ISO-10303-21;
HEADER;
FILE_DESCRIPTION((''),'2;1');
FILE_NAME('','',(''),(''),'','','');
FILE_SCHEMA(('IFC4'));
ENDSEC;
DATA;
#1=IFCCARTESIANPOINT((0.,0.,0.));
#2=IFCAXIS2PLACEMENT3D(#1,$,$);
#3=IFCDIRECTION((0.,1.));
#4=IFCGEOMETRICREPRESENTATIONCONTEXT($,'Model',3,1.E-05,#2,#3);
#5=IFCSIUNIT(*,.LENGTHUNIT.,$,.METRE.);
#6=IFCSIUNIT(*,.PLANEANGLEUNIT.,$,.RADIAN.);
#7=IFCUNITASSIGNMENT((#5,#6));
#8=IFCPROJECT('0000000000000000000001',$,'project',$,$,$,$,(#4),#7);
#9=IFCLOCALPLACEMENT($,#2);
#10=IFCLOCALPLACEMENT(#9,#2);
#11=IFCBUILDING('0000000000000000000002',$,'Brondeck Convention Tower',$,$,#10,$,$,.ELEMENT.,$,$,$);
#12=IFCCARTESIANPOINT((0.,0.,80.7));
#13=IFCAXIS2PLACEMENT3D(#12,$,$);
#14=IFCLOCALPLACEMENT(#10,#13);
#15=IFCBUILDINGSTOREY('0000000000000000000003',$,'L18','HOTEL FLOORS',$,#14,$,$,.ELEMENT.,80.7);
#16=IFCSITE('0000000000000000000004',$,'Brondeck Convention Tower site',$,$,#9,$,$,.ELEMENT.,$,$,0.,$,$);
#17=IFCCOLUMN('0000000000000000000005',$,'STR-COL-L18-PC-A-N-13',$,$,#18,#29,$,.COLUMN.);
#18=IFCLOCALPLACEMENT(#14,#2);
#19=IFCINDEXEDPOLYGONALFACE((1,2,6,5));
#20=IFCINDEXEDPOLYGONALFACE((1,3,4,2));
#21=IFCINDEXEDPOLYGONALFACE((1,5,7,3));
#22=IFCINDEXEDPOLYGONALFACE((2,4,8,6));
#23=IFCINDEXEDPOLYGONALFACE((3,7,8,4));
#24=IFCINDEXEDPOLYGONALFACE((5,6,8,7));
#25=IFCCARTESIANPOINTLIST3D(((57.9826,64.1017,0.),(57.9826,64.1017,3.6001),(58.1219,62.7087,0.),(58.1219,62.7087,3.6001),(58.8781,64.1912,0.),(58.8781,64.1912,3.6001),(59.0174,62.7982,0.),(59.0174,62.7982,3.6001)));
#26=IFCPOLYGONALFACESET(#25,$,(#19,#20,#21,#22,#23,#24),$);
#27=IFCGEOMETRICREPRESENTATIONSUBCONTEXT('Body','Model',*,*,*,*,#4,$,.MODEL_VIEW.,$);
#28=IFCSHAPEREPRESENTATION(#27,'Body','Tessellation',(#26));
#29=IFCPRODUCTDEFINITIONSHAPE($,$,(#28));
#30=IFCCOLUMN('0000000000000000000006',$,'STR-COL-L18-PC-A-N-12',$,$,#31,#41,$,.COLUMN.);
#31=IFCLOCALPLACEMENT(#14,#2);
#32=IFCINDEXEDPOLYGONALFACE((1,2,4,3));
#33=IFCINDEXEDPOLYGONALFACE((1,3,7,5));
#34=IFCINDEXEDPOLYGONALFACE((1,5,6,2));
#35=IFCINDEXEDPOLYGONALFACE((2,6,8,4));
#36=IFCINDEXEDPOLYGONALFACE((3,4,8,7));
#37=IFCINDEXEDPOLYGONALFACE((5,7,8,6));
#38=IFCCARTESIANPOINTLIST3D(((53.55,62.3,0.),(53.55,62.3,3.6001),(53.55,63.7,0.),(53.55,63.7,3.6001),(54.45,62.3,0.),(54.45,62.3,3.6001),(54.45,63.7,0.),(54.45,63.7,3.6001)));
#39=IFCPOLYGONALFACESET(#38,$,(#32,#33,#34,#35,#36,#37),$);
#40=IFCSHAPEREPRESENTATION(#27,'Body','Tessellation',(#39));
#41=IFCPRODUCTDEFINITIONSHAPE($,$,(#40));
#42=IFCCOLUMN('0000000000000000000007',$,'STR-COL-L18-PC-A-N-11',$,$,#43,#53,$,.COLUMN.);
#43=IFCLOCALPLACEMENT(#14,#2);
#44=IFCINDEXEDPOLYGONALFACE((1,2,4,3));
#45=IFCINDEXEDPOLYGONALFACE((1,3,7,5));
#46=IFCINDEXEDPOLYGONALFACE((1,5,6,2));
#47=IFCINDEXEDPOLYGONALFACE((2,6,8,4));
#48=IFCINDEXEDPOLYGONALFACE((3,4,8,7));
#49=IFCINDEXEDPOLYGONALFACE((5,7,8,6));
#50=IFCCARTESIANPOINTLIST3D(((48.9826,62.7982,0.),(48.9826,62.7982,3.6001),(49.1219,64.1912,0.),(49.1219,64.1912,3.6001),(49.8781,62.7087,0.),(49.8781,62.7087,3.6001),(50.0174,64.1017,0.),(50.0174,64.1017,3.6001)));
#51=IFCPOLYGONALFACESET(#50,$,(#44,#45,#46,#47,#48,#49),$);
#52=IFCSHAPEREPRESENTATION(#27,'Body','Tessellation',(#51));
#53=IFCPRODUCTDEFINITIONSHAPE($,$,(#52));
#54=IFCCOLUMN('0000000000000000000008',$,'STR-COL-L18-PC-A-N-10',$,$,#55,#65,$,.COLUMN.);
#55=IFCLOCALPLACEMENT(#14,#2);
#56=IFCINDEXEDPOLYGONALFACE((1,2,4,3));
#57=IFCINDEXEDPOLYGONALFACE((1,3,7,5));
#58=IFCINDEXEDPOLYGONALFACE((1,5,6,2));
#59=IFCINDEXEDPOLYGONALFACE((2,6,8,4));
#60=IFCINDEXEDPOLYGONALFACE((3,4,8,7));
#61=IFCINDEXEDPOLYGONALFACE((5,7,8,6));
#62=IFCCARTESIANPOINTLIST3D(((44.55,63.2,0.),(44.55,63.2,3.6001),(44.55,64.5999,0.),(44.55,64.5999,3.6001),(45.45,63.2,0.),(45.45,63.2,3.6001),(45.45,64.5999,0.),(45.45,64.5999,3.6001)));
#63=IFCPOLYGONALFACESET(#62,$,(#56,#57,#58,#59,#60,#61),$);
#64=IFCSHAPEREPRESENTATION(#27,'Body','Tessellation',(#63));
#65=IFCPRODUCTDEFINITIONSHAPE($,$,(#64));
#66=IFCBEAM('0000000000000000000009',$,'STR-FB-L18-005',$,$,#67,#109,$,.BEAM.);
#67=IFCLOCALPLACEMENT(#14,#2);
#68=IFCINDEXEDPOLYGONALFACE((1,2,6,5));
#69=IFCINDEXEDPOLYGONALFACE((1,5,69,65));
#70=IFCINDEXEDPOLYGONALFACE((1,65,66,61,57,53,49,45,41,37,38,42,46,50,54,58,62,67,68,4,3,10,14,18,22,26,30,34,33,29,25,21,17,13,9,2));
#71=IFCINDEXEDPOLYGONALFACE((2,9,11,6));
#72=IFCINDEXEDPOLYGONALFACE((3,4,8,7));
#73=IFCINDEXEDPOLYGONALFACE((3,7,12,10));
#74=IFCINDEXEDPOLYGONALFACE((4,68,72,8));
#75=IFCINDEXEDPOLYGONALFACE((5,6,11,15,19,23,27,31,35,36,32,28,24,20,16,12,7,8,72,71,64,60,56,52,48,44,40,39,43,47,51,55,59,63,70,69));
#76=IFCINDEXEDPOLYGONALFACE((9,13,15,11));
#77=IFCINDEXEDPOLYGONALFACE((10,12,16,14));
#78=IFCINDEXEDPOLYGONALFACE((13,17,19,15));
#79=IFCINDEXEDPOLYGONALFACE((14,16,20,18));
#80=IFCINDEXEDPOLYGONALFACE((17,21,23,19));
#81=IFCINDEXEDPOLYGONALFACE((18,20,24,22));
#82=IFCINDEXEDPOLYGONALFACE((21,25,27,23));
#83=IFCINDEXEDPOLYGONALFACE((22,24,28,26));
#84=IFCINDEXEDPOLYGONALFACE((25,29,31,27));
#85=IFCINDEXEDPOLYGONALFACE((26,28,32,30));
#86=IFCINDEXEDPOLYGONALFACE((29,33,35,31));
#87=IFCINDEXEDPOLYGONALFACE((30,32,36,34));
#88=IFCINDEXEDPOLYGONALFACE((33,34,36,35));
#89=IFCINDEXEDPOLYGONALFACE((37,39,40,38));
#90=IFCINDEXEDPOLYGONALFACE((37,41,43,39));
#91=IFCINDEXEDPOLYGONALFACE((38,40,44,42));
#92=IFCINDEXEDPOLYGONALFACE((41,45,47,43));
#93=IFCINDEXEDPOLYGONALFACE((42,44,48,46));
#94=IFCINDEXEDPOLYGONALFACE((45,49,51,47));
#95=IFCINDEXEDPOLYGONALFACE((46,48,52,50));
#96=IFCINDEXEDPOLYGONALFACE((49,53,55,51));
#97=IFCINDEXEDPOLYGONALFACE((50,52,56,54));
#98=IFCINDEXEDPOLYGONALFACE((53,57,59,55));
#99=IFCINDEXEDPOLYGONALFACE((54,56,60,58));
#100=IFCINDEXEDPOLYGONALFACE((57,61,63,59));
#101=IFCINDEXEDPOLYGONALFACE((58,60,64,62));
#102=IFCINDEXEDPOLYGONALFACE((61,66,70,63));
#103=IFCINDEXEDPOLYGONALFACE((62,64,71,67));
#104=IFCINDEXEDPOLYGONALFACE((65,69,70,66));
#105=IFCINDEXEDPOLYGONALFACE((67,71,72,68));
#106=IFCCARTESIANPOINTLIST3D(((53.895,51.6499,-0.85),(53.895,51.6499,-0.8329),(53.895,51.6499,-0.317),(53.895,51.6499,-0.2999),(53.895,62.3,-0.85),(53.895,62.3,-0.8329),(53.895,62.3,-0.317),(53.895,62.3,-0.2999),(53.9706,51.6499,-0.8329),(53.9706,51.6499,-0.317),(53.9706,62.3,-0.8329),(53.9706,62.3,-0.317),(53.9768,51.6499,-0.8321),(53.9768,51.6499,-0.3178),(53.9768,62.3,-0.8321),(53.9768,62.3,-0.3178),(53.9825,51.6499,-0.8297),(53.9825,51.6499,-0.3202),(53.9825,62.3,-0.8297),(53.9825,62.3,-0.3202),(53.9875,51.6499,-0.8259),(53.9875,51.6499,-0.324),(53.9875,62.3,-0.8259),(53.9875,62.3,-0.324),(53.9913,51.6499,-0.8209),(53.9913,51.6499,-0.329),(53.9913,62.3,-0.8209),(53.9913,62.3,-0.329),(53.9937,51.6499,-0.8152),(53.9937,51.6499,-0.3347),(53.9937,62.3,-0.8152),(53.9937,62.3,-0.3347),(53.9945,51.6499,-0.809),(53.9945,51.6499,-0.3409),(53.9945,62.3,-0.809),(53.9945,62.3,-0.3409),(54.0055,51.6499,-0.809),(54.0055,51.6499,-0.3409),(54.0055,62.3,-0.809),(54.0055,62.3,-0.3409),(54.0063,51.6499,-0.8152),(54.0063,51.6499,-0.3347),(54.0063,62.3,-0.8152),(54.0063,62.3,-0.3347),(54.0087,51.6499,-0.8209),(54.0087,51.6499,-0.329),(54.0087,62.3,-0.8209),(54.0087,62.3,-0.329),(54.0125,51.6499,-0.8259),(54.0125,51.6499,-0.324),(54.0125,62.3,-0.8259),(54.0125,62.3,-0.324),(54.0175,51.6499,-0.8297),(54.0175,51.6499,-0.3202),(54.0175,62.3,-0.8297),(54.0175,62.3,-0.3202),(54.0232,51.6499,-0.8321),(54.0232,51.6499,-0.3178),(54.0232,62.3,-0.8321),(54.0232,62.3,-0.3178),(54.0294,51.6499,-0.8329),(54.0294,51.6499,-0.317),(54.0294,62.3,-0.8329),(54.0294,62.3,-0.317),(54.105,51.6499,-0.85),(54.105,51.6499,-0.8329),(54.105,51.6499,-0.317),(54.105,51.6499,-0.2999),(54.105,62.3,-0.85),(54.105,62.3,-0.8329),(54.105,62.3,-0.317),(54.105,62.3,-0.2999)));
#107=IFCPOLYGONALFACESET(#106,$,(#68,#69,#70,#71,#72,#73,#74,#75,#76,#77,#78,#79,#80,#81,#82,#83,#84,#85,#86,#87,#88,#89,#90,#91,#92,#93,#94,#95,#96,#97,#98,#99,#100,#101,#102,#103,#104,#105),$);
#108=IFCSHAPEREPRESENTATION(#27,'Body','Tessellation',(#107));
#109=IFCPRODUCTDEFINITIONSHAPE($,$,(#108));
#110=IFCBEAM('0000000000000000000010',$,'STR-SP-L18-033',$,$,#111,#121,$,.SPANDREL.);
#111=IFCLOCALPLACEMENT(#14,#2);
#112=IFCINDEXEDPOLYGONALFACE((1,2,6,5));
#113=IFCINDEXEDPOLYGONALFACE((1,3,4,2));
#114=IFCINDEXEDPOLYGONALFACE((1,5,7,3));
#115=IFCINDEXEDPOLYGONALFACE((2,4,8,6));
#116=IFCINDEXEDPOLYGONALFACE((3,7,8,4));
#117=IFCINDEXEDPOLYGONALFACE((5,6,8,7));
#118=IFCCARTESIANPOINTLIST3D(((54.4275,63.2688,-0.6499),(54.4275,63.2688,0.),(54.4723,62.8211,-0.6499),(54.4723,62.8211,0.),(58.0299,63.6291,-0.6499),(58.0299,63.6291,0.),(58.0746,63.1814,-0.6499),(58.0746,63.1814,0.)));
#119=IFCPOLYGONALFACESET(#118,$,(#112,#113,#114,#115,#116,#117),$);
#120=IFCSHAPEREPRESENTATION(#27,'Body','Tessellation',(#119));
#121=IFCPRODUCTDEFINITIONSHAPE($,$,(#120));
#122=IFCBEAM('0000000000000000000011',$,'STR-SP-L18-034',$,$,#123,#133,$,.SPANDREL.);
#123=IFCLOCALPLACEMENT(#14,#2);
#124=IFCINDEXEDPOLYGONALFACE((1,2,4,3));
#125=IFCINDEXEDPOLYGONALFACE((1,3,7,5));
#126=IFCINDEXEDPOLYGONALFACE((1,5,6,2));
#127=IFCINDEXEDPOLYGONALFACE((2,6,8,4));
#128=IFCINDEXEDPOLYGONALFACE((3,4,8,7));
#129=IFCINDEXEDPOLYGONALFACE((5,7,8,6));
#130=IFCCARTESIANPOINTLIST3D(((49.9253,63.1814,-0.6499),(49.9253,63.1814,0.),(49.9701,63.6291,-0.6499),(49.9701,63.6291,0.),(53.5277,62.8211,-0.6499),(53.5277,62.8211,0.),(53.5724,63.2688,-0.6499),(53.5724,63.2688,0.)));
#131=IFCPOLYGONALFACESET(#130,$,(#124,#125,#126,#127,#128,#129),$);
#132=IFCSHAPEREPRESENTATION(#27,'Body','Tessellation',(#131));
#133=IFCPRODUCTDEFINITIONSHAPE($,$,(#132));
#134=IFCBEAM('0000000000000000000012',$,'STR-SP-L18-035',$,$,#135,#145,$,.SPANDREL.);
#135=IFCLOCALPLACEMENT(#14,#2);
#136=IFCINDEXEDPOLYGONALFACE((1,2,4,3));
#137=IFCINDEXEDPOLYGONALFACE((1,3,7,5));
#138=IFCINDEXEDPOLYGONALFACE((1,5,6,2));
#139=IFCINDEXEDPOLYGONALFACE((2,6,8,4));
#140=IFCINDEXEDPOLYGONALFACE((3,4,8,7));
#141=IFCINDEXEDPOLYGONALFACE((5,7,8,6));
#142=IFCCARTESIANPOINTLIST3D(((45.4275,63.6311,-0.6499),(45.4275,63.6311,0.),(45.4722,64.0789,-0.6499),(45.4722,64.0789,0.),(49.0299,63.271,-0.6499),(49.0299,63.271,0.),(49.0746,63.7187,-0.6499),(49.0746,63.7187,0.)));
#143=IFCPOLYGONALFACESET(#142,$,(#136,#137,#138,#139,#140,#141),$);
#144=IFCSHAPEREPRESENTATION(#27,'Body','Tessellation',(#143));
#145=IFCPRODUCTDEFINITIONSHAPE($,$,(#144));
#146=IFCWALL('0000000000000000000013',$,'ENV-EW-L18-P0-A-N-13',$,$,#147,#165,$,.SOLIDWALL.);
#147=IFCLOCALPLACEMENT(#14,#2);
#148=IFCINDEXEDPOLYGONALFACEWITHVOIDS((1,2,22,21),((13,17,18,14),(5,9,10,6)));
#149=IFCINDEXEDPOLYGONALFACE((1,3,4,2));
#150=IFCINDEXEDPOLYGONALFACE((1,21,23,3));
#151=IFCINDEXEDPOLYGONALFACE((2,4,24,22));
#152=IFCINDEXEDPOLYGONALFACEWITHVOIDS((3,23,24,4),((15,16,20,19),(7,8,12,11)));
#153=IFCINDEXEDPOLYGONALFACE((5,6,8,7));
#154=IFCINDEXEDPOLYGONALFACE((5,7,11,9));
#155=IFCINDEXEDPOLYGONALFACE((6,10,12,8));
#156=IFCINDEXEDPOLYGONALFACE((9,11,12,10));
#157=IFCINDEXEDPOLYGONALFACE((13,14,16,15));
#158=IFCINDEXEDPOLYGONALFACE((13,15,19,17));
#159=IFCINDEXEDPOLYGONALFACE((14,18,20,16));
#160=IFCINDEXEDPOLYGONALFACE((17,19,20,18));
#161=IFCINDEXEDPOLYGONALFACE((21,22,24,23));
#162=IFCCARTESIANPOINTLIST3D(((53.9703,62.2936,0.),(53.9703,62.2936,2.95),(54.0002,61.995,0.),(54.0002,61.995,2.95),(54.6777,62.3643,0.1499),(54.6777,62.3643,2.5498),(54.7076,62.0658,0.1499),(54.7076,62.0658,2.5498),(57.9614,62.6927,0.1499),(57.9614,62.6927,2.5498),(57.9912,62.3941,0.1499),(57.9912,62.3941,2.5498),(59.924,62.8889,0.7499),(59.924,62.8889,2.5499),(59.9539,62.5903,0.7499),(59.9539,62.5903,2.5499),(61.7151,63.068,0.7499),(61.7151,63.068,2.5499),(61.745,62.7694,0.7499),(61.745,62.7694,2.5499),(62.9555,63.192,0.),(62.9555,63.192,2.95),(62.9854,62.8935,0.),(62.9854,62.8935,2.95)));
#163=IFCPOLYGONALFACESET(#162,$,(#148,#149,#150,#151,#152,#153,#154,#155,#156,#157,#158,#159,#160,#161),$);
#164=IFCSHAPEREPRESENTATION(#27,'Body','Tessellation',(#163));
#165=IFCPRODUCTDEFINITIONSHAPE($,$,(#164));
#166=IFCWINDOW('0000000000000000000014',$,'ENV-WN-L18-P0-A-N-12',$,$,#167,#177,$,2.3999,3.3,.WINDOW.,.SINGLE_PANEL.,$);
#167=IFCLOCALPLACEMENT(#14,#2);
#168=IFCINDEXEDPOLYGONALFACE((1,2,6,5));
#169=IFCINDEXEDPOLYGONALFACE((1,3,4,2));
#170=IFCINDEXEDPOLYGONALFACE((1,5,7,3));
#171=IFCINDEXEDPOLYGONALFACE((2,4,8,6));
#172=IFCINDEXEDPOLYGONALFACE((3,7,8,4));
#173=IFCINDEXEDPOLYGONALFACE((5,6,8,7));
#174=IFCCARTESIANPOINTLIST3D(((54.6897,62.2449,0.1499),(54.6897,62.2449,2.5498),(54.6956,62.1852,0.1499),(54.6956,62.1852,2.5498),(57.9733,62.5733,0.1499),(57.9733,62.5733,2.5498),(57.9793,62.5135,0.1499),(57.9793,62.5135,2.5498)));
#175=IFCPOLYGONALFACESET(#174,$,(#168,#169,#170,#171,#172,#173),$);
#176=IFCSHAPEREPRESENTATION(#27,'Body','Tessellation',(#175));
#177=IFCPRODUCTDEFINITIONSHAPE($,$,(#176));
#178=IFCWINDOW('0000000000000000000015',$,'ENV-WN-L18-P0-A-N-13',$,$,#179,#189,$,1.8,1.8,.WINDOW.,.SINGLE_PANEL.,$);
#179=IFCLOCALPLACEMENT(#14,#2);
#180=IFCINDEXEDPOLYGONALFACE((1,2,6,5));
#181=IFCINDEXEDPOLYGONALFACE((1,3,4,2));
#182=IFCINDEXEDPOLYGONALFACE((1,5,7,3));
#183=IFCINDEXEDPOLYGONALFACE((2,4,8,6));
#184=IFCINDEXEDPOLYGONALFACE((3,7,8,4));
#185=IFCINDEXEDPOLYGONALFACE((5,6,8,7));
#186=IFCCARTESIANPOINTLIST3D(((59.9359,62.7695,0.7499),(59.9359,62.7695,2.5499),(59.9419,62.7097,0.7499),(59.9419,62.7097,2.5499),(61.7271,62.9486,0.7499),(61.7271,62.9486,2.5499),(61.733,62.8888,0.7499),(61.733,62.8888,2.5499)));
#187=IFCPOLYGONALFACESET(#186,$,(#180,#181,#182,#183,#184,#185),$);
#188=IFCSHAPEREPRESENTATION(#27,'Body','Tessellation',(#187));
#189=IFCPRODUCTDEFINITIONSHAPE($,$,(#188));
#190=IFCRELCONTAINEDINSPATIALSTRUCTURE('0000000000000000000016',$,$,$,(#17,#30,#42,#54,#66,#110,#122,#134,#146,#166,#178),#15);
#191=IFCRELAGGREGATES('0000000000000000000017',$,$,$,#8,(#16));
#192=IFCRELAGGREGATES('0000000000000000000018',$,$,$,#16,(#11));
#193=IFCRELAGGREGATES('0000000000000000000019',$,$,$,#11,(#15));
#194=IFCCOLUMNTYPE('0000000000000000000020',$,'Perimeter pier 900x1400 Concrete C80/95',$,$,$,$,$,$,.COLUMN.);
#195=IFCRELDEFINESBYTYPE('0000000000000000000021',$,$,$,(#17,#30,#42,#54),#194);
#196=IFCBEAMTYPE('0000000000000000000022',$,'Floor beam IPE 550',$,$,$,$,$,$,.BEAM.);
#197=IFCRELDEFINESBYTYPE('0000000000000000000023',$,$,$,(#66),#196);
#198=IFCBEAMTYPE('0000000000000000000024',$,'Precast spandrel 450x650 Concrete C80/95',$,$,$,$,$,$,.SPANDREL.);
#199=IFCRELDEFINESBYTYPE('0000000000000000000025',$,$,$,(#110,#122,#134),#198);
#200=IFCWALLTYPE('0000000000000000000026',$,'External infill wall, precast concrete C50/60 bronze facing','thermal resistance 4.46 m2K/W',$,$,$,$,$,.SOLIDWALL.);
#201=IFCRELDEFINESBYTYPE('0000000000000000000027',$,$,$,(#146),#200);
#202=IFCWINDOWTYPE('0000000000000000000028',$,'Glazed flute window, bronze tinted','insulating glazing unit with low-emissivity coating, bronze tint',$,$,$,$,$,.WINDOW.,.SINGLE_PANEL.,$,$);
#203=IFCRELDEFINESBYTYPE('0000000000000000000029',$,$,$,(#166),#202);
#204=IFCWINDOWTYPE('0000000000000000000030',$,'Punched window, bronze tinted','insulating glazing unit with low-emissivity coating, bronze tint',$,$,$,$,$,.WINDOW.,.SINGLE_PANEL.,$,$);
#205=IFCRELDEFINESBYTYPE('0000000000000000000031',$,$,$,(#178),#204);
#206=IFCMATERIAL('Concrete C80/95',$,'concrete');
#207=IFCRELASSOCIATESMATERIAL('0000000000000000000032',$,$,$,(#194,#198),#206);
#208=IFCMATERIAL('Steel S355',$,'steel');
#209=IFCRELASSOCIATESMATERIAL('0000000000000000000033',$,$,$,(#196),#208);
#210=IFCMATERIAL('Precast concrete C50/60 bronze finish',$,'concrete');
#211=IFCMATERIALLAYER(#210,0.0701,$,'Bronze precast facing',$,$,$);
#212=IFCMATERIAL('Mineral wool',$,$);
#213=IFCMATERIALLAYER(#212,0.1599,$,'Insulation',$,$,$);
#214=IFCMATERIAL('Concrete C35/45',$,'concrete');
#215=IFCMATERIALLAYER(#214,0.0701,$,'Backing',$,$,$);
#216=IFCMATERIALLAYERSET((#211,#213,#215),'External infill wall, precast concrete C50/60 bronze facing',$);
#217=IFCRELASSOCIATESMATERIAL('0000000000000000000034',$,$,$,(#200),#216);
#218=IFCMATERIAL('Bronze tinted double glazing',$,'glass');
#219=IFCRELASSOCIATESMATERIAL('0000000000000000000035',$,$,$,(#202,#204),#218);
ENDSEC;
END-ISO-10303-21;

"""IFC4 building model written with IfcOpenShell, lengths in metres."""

from ifc_helpers import new_model, si_unit, direction, frame, frame_2d, origin, origin_2d, place, context, subcontext, project, spatial, rectangle, i_section, extrude, material, layer, layer_set, material_profile, profile_set, type_object, element, fill, save


model = new_model("IFC4")

# Units and contexts
model_context = context("Model", 3, precision=1e-05, world=origin(), true_north=direction((0.0, 1.0)))
body_context = subcontext(model_context, "Body", "Model", "MODEL_VIEW")
ifc_project = project(units=[si_unit("LENGTHUNIT", "METRE"), si_unit("PLANEANGLEUNIT", "RADIAN")], contexts=[model_context])

# Site, building, storey
site_placement = place(None, origin())
site = spatial("IfcSite", under=ifc_project, at=site_placement, Name="Brondeck Convention Tower site", CompositionType="ELEMENT", RefElevation=0.0)
building_placement = place(site_placement, origin())
building = spatial("IfcBuilding", under=site, at=building_placement, Name="Brondeck Convention Tower", CompositionType="ELEMENT")
storey_placement = place(building_placement, frame((0.0, 0.0, 80.7)))
storey = spatial("IfcBuildingStorey", under=building, at=storey_placement, Name="L18", Description="HOTEL FLOORS", CompositionType="ELEMENT", Elevation=80.7)

# Columns
ifc_material_1 = material(Name="Concrete C80/95", Category="concrete")
ifc_material_profile_1 = material_profile(ifc_material_1, rectangle(XDim=0.8999, YDim=1.3999, at=origin_2d()), Name="Perimeter pier 900x1400 Concrete C80/95")
ifc_profile_set_1 = profile_set([ifc_material_profile_1], Name="Concrete C80/95")
column_type = type_object("IfcColumnType", Name="Perimeter pier 900x1400 Concrete C80/95", PredefinedType="COLUMN", material=ifc_profile_set_1)
for number, where, z_axis, x_axis, name in (
    (1, (58.5, 63.45, 0.0), (0.0, 0.0, 1.0), (-0.995037, -0.099504, 0.0), "STR-COL-L18-PC-A-N-13"),
    (2, (54.0, 63.0, 0.0), (0.0, 0.0, 1.0), (-1.0, 0.0, 0.0), "STR-COL-L18-PC-A-N-12"),
    (3, (49.5, 63.45, 0.0), (0.0, 0.0, 1.0), (-0.995037, 0.099504, 0.0), "STR-COL-L18-PC-A-N-11"),
    (4, (45.0, 63.8999, 0.0), (0.0, 0.0, 1.0), (-1.0, 0.0, 0.0), "STR-COL-L18-PC-A-N-10"),
):
    element("IfcColumn", number, at=place(storey_placement, frame(where, z_axis=z_axis, x_axis=x_axis)), inside=storey, type_object=column_type, Name=name, PredefinedType="COLUMN", context=body_context, shape_type="SweptSolid", body=[
        extrude(rectangle(XDim=0.8999, YDim=1.3999, at=origin_2d()), origin(), (0.0, 0.0, 1.0), 3.6001),
    ])

# Beams
ifc_material_2 = material(Name="Steel S355", Category="steel")
ifc_material_profile_2 = material_profile(ifc_material_2, i_section(OverallWidth=0.21, OverallDepth=0.55, WebThickness=0.011, FlangeThickness=0.0171, FilletRadius=0.0239, at=origin_2d()), Name="IPE 550")
ifc_profile_set_2 = profile_set([ifc_material_profile_2], Name="Steel S355")
beam_type_1 = type_object("IfcBeamType", Name="Floor beam IPE 550", PredefinedType="BEAM", material=ifc_profile_set_2)
beam_placement = place(storey_placement, frame((54.0, 51.6499, -0.575), z_axis=(0.0, 1.0, 0.0), x_axis=(-1.0, 0.0, 0.0)))
element("IfcBeam", 5, at=beam_placement, inside=storey, type_object=beam_type_1, Name="STR-FB-L18-005", PredefinedType="BEAM", context=body_context, shape_type="SweptSolid", body=[
    extrude(i_section(OverallWidth=0.21, OverallDepth=0.55, WebThickness=0.011, FlangeThickness=0.0171, FilletRadius=0.0239, at=origin_2d()), origin(), (0.0, 0.0, 1.0), 10.6501),
])
ifc_material_profile_3 = material_profile(ifc_material_1, rectangle(XDim=0.45, YDim=0.6499, at=origin_2d()), Name="Precast spandrel 450x650 Concrete C80/95")
ifc_profile_set_3 = profile_set([ifc_material_profile_3], Name="Concrete C80/95")
beam_type_2 = type_object("IfcBeamType", Name="Precast spandrel 450x650 Concrete C80/95", PredefinedType="SPANDREL", material=ifc_profile_set_3)
for number, where, z_axis, x_axis, name in (
    (6, (58.0522, 63.4053, -0.325), (-0.995034, -0.099537, 0.0), (0.099537, -0.995034, 0.0), "STR-SP-L18-033"),
    (7, (53.55, 63.0449, -0.325), (-0.995034, 0.099537, 0.0), (-0.099537, -0.995034, 0.0), "STR-SP-L18-034"),
    (8, (49.0522, 63.4949, -0.325), (-0.995041, 0.09947, 0.0), (-0.09947, -0.995041, 0.0), "STR-SP-L18-035"),
):
    element("IfcBeam", number, at=place(storey_placement, frame(where, z_axis=z_axis, x_axis=x_axis)), inside=storey, type_object=beam_type_2, Name=name, PredefinedType="SPANDREL", context=body_context, shape_type="SweptSolid", body=[
        extrude(rectangle(XDim=0.45, YDim=0.6499, at=origin_2d()), origin(), (0.0, 0.0, 1.0), 3.6204),
    ])

# Wall, openings, windows
ifc_material_3 = material(Name="Precast concrete C50/60 bronze finish", Category="concrete")
ifc_layer_1 = layer(ifc_material_3, 0.0701, Name="Bronze precast facing")
ifc_material_4 = material(Name="Mineral wool")
ifc_layer_2 = layer(ifc_material_4, 0.1599, Name="Insulation")
ifc_material_5 = material(Name="Concrete C35/45", Category="concrete")
ifc_layer_3 = layer(ifc_material_5, 0.0701, Name="Backing")
ifc_layer_set_1 = layer_set([ifc_layer_1, ifc_layer_2, ifc_layer_3], Name="External infill wall, precast concrete C50/60 bronze facing")
wall_type_1 = type_object("IfcWallType", Name="External infill wall, precast concrete C50/60 bronze facing", Description="thermal resistance 4.46 m2K/W", PredefinedType="SOLIDWALL", material=ifc_layer_set_1)
wall_1_placement = place(storey_placement, frame((53.9851, 62.1443, 0.0), z_axis=(0.0, 0.0, 1.0), x_axis=(0.995038, 0.099496, 0.0)))
wall_1 = element("IfcWall", 9, at=wall_1_placement, inside=storey, type_object=wall_type_1, Name="ENV-EW-L18-P0-A-N-13", PredefinedType="SOLIDWALL", context=body_context, shape_type="SweptSolid", body=[
    extrude(rectangle(XDim=9.03, YDim=0.3, at=frame_2d((4.5151, 0.0))), origin(), (0.0, 0.0, 1.0), 2.95),
])
opening_1_placement = place(wall_1_placement, frame((0.7112, 0.0, 0.1499)))
opening_1 = element("IfcOpeningElement", 10, at=opening_1_placement, cuts=wall_1, PredefinedType="OPENING", context=body_context, shape_type="SweptSolid", body=[
    extrude(rectangle(XDim=3.3, YDim=2.3999, at=frame_2d((1.6499, 1.2))), frame((0.0, 0.1599, 0.0), z_axis=(0.0, -1.0, 0.0), x_axis=(1.0, 0.0, 0.0)), (0.0, 0.0, 1.0), 0.3201),
])
opening_2_placement = place(wall_1_placement, frame((5.9836, 0.0, 0.75)))
opening_2 = element("IfcOpeningElement", 11, at=opening_2_placement, cuts=wall_1, PredefinedType="OPENING", context=body_context, shape_type="SweptSolid", body=[
    extrude(rectangle(XDim=1.8, YDim=1.8, at=frame_2d((0.8999, 0.8999))), frame((0.0, 0.1599, 0.0), z_axis=(0.0, -1.0, 0.0), x_axis=(1.0, 0.0, 0.0)), (0.0, 0.0, 1.0), 0.3201),
])
ifc_material_6 = material(Name="Bronze tinted double glazing", Category="glass")
window_type_1 = type_object("IfcWindowType", Name="Glazed flute window, bronze tinted", Description="insulating glazing unit with low-emissivity coating, bronze tint", PartitioningType="SINGLE_PANEL", PredefinedType="WINDOW", material=ifc_material_6)
window_1_placement = place(opening_1_placement, origin())
window_1 = element("IfcWindow", 12, at=window_1_placement, inside=storey, type_object=window_type_1, Name="ENV-WN-L18-P0-A-N-12", OverallHeight=2.3999, OverallWidth=3.3, PartitioningType="SINGLE_PANEL", PredefinedType="WINDOW", context=body_context, shape_type="SweptSolid", body=[
    extrude(rectangle(XDim=3.3, YDim=2.3999, at=frame_2d((1.6499, 1.2))), frame((0.0, 0.03, 0.0), z_axis=(0.0, -1.0, 0.0), x_axis=(1.0, 0.0, 0.0)), (0.0, 0.0, 1.0), 0.0601),
])
fill(opening_1, window_1)
window_type_2 = type_object("IfcWindowType", Name="Punched window, bronze tinted", Description="insulating glazing unit with low-emissivity coating, bronze tint", PartitioningType="SINGLE_PANEL", PredefinedType="WINDOW", material=ifc_material_6)
window_2_placement = place(opening_2_placement, origin())
window_2 = element("IfcWindow", 13, at=window_2_placement, inside=storey, type_object=window_type_2, Name="ENV-WN-L18-P0-A-N-13", OverallHeight=1.8, OverallWidth=1.8, PartitioningType="SINGLE_PANEL", PredefinedType="WINDOW", context=body_context, shape_type="SweptSolid", body=[
    extrude(rectangle(XDim=1.8, YDim=1.8, at=frame_2d((0.8999, 0.8999))), frame((0.0, 0.03, 0.0), z_axis=(0.0, -1.0, 0.0), x_axis=(1.0, 0.0, 0.0)), (0.0, 0.0, 1.0), 0.0601),
])
fill(opening_2, window_2)

save(model, "model.ifc")
